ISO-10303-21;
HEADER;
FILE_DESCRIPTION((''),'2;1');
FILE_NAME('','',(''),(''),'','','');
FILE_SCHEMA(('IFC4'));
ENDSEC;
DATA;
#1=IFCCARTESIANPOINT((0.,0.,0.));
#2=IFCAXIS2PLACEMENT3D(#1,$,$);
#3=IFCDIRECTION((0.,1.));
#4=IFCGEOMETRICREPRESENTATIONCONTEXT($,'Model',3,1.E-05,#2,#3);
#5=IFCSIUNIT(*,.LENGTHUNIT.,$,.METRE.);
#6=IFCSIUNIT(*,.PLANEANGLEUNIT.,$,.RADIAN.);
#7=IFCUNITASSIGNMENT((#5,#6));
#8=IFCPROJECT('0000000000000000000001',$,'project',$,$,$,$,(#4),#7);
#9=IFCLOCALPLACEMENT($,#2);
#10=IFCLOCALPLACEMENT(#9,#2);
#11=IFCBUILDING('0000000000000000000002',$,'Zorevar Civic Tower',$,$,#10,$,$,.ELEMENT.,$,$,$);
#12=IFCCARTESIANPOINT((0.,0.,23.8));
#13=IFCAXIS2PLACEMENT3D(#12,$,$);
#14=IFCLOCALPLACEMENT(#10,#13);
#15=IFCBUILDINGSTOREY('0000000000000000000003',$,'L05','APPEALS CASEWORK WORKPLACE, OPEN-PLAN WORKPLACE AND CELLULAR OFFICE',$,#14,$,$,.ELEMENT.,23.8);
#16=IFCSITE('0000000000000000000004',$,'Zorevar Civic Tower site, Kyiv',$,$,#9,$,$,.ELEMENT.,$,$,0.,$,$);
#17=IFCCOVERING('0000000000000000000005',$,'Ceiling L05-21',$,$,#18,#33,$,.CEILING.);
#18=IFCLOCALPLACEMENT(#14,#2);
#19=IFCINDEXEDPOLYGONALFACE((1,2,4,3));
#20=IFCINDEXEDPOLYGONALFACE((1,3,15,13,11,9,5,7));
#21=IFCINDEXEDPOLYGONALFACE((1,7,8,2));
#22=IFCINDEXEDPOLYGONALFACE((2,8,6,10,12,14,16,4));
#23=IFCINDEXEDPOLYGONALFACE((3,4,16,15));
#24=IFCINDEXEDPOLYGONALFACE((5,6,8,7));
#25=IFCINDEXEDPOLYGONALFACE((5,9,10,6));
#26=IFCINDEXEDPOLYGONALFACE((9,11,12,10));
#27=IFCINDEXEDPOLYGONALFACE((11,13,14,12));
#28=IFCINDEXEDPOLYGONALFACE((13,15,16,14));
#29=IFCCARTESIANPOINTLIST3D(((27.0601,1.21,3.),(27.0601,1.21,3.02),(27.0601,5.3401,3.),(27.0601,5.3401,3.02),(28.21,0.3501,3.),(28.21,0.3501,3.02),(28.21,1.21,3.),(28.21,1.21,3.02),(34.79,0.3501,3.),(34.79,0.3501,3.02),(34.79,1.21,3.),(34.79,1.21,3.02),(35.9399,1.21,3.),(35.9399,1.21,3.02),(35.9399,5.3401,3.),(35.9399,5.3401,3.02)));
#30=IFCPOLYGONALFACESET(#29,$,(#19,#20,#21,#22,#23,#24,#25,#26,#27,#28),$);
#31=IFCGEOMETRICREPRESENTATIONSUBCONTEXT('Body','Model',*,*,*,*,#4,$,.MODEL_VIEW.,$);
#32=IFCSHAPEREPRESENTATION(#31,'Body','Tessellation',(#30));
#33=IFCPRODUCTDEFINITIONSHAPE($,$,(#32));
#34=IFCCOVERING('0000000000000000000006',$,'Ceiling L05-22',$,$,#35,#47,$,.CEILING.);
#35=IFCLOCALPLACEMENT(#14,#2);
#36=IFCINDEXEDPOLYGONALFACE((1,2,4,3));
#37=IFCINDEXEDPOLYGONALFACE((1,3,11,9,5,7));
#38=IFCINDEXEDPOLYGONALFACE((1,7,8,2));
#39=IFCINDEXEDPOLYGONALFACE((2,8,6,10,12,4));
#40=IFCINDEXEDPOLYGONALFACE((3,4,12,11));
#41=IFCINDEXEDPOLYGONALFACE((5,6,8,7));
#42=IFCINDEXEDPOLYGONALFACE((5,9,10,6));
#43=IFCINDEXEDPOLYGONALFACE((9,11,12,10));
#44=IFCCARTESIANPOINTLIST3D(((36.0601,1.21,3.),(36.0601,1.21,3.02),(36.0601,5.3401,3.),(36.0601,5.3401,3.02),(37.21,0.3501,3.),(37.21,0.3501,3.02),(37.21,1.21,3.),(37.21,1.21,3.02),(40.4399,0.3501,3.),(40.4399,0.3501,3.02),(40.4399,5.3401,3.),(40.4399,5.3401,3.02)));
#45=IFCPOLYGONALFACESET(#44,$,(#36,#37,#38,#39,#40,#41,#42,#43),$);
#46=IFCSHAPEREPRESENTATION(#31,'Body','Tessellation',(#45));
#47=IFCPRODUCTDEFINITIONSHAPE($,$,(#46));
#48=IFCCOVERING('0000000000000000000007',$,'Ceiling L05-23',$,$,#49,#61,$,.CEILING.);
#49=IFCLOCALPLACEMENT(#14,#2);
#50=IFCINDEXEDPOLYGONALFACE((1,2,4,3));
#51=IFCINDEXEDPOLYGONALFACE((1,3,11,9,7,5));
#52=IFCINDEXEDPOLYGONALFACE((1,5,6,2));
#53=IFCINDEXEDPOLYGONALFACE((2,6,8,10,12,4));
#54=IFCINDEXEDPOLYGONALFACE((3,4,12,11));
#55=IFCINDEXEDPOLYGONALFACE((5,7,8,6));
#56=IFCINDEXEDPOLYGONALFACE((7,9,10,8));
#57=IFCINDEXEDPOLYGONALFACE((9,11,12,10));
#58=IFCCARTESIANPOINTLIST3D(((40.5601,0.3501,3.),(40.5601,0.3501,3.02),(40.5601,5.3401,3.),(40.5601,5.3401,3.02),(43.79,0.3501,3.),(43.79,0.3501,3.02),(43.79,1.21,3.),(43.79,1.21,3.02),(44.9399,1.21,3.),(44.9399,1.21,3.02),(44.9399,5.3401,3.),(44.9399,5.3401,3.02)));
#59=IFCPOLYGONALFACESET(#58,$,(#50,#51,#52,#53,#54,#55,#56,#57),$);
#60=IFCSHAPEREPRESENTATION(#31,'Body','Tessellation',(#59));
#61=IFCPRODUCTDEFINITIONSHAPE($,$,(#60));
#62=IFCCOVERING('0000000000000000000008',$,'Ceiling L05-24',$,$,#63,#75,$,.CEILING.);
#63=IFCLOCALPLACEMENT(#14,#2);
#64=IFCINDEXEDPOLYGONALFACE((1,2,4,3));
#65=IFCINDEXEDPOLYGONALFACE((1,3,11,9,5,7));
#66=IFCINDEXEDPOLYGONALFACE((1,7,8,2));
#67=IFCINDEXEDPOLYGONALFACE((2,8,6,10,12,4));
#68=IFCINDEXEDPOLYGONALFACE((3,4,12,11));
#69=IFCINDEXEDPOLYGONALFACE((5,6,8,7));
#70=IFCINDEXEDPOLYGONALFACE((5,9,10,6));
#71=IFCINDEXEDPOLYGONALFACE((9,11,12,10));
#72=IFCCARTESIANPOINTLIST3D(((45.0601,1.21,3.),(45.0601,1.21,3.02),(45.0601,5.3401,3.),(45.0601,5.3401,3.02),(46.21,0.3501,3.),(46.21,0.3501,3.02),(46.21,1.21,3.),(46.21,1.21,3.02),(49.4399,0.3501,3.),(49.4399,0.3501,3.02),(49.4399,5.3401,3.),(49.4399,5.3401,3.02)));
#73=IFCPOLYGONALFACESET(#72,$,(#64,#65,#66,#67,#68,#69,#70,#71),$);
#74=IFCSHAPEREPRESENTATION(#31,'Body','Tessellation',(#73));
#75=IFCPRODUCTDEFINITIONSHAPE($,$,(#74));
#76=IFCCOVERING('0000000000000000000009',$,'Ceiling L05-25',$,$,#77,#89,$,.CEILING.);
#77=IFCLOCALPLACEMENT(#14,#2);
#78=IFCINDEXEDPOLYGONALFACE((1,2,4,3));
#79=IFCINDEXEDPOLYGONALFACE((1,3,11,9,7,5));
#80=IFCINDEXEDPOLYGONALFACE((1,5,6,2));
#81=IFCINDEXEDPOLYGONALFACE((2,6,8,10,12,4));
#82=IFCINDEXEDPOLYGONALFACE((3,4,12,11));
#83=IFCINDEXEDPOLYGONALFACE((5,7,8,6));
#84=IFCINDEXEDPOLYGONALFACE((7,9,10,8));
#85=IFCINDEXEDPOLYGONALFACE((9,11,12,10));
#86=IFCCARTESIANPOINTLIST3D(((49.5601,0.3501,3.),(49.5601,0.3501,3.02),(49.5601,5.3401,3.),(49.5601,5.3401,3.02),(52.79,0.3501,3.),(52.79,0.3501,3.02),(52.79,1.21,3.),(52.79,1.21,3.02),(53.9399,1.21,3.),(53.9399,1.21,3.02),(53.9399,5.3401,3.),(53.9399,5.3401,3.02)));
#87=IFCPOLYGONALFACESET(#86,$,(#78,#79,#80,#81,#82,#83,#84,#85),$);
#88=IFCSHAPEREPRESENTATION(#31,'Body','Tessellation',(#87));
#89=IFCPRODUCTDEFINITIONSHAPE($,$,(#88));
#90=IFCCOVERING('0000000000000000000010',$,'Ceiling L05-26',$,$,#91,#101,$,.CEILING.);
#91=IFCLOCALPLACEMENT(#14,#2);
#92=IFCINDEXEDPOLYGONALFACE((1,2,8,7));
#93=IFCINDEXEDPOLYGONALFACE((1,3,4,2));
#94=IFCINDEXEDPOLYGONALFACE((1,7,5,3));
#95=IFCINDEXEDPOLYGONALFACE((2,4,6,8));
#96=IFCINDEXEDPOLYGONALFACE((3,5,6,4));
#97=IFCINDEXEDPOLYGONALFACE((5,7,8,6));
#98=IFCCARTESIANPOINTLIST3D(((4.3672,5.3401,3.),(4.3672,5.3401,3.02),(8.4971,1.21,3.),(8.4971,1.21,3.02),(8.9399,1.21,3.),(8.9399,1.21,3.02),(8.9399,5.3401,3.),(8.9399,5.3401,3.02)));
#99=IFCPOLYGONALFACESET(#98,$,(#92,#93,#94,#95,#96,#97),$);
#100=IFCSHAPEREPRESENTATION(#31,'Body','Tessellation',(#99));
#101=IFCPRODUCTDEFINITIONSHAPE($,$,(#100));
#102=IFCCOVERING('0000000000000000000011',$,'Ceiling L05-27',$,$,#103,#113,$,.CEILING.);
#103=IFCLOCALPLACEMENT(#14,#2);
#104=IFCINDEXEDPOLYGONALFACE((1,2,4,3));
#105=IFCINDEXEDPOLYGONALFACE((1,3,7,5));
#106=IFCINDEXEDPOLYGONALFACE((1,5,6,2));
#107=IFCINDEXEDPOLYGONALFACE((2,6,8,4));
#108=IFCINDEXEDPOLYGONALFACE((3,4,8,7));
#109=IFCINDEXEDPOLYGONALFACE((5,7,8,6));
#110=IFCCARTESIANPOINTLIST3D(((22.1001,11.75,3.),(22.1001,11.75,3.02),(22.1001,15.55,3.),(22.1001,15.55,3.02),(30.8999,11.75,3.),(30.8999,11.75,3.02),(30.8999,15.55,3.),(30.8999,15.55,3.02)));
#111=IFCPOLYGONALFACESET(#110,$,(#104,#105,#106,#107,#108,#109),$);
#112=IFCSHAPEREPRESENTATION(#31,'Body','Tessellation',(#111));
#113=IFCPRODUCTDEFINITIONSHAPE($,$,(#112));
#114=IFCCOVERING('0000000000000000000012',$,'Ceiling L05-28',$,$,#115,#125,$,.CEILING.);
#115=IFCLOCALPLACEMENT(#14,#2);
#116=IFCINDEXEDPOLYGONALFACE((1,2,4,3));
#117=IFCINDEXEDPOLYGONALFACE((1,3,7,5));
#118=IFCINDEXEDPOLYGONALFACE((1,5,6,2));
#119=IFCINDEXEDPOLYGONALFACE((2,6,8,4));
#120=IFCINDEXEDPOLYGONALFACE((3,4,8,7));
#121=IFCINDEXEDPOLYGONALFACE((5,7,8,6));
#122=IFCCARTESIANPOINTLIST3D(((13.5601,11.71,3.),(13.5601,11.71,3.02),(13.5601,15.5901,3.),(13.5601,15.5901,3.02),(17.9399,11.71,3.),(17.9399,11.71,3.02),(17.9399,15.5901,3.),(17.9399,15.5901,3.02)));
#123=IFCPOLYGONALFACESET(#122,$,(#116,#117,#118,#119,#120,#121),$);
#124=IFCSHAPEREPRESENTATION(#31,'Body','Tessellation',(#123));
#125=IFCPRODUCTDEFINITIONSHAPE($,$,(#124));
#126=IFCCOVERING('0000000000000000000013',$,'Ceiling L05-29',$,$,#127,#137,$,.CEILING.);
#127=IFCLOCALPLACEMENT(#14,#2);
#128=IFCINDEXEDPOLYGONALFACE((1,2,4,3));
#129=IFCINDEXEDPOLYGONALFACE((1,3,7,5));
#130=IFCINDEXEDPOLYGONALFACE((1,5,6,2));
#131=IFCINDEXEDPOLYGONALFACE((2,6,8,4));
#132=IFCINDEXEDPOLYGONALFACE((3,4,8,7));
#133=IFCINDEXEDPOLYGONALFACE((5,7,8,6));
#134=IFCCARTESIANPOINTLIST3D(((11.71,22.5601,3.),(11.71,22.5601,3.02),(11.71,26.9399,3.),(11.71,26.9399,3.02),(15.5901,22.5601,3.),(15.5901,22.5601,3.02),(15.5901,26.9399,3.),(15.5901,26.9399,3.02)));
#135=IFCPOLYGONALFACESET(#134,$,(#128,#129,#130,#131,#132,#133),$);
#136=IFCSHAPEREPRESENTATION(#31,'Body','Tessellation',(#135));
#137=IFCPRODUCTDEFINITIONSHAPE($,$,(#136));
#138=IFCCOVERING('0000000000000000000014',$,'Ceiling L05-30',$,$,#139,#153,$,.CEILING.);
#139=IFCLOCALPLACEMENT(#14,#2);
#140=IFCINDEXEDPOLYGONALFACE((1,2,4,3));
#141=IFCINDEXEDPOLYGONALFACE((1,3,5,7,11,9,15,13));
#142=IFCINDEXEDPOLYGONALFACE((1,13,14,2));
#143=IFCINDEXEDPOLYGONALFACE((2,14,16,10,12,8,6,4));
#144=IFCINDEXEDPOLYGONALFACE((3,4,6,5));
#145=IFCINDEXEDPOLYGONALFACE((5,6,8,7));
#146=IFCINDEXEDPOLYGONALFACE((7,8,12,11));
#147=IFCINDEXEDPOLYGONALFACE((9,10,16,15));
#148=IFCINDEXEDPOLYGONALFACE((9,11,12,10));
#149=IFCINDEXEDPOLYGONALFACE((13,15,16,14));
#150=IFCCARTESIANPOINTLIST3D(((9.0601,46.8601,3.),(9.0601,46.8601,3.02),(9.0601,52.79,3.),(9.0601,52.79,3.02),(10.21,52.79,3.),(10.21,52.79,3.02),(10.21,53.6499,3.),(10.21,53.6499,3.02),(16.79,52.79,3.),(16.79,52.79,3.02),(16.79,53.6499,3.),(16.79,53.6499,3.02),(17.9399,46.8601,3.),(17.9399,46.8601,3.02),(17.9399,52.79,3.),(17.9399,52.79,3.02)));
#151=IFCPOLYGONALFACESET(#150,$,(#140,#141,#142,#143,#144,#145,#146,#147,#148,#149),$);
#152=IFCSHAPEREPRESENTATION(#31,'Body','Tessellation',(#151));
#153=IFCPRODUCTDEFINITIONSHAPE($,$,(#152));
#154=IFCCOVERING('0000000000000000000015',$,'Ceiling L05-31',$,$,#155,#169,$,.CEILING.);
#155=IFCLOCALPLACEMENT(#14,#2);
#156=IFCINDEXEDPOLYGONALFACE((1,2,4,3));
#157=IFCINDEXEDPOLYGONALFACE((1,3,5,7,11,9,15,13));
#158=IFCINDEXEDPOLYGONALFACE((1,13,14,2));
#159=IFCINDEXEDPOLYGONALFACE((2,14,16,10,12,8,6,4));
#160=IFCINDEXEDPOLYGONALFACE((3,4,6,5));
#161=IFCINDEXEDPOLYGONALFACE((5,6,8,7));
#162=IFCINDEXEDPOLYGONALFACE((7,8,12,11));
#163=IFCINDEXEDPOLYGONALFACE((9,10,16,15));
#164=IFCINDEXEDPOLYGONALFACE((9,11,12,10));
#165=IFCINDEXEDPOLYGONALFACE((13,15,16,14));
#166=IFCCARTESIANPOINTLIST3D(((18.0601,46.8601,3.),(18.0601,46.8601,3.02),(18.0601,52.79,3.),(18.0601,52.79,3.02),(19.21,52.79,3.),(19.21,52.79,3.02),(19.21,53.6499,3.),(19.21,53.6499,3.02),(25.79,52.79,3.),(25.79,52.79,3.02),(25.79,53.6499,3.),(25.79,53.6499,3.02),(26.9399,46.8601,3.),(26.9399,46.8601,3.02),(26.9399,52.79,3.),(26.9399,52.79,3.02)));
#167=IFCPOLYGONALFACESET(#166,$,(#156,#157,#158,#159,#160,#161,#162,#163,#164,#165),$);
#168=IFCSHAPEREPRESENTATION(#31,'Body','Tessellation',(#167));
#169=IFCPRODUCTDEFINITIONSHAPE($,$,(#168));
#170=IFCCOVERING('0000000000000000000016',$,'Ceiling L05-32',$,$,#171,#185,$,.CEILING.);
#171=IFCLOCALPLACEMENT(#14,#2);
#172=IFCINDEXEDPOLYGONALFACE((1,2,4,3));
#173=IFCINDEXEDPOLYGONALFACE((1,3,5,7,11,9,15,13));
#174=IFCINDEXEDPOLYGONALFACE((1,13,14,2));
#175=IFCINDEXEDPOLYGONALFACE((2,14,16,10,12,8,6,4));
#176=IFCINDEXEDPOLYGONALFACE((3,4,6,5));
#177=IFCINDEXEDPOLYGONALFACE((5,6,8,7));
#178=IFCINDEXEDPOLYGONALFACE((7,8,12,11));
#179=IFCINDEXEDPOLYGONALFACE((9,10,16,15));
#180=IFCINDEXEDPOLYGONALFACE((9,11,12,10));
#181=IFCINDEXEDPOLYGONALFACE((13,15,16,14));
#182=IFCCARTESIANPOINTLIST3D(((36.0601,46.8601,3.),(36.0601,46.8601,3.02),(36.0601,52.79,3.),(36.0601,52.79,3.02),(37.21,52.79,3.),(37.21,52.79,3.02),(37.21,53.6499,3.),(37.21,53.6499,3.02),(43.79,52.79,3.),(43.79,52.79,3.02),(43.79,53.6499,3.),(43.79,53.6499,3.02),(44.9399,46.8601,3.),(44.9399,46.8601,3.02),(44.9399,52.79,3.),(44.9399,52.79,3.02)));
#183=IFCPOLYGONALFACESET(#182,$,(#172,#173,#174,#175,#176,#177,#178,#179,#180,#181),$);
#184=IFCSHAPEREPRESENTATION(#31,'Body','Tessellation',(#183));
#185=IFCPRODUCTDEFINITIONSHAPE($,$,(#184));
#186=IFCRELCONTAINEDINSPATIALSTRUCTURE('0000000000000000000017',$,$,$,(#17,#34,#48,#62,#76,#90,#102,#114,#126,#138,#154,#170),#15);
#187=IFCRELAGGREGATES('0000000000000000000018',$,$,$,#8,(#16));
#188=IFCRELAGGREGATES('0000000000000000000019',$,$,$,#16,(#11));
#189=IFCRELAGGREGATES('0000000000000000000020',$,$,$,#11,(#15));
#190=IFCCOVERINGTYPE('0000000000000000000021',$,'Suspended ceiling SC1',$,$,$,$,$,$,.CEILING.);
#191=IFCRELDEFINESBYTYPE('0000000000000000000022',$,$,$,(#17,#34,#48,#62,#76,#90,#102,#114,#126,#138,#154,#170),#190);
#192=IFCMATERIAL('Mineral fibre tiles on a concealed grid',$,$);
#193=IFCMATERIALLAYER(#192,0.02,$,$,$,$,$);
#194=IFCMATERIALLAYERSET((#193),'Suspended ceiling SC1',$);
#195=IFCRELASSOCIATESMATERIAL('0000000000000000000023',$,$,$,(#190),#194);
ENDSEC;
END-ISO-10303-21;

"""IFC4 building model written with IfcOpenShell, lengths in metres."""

from ifc_helpers import new_model, si_unit, direction, frame, origin, place, context, subcontext, project, spatial, polyline, outline, extrude, material, layer, layer_set, type_object, element, save


model = new_model("IFC4")

# Units and contexts
model_context = context("Model", 3, precision=1e-05, world=origin(), true_north=direction((0.0, 1.0)))
body_context = subcontext(model_context, "Body", "Model", "MODEL_VIEW")
ifc_project = project(units=[si_unit("LENGTHUNIT", "METRE"), si_unit("PLANEANGLEUNIT", "RADIAN")], contexts=[model_context])

# Site, building, storey
site_placement = place(None, origin())
site = spatial("IfcSite", under=ifc_project, at=site_placement, Name="Zorevar Civic Tower site, Kyiv", CompositionType="ELEMENT", RefElevation=0.0)
building_placement = place(site_placement, origin())
building = spatial("IfcBuilding", under=site, at=building_placement, Name="Zorevar Civic Tower", CompositionType="ELEMENT")
storey_placement = place(building_placement, frame((0.0, 0.0, 23.8)))
storey = spatial("IfcBuildingStorey", under=building, at=storey_placement, Name="L05", Description="APPEALS CASEWORK WORKPLACE, OPEN-PLAN WORKPLACE AND CELLULAR OFFICE", CompositionType="ELEMENT", Elevation=23.8)

# Coverings
ifc_material_1 = material(Name="Mineral fibre tiles on a concealed grid")
ifc_layer_1 = layer(ifc_material_1, 0.02)
ifc_layer_set_1 = layer_set([ifc_layer_1], Name="Suspended ceiling SC1")
covering_type_1 = type_object("IfcCoveringType", Name="Suspended ceiling SC1", PredefinedType="CEILING", material=ifc_layer_set_1)
covering_1_placement = place(storey_placement, frame((0.0, 0.0, 3.0)))
element("IfcCovering", 1, at=covering_1_placement, inside=storey, type_object=covering_type_1, Name="Ceiling L05-21", PredefinedType="CEILING", context=body_context, shape_type="SweptSolid", body=[
    extrude(outline(polyline([(28.21, 0.3501), (28.21, 1.21), (27.0601, 1.21), (27.0601, 5.3401), (35.9399, 5.3401), (35.9399, 1.21), (34.79, 1.21), (34.79, 0.3501), (28.21, 0.3501)])), origin(), (0.0, 0.0, 1.0), 0.02),
])
covering_2_placement = place(storey_placement, frame((0.0, 0.0, 3.0)))
element("IfcCovering", 2, at=covering_2_placement, inside=storey, type_object=covering_type_1, Name="Ceiling L05-22", PredefinedType="CEILING", context=body_context, shape_type="SweptSolid", body=[
    extrude(outline(polyline([(40.4399, 5.3401), (40.4399, 0.3501), (37.21, 0.3501), (37.21, 1.21), (36.0601, 1.21), (36.0601, 5.3401), (40.4399, 5.3401)])), origin(), (0.0, 0.0, 1.0), 0.02),
])
covering_3_placement = place(storey_placement, frame((0.0, 0.0, 3.0)))
element("IfcCovering", 3, at=covering_3_placement, inside=storey, type_object=covering_type_1, Name="Ceiling L05-23", PredefinedType="CEILING", context=body_context, shape_type="SweptSolid", body=[
    extrude(outline(polyline([(44.9399, 5.3401), (44.9399, 1.21), (43.79, 1.21), (43.79, 0.3501), (40.5601, 0.3501), (40.5601, 5.3401), (44.9399, 5.3401)])), origin(), (0.0, 0.0, 1.0), 0.02),
])
covering_4_placement = place(storey_placement, frame((0.0, 0.0, 3.0)))
element("IfcCovering", 4, at=covering_4_placement, inside=storey, type_object=covering_type_1, Name="Ceiling L05-24", PredefinedType="CEILING", context=body_context, shape_type="SweptSolid", body=[
    extrude(outline(polyline([(49.4399, 5.3401), (49.4399, 0.3501), (46.21, 0.3501), (46.21, 1.21), (45.0601, 1.21), (45.0601, 5.3401), (49.4399, 5.3401)])), origin(), (0.0, 0.0, 1.0), 0.02),
])
covering_5_placement = place(storey_placement, frame((0.0, 0.0, 3.0)))
element("IfcCovering", 5, at=covering_5_placement, inside=storey, type_object=covering_type_1, Name="Ceiling L05-25", PredefinedType="CEILING", context=body_context, shape_type="SweptSolid", body=[
    extrude(outline(polyline([(53.9399, 5.3401), (53.9399, 1.21), (52.79, 1.21), (52.79, 0.3501), (49.5601, 0.3501), (49.5601, 5.3401), (53.9399, 5.3401)])), origin(), (0.0, 0.0, 1.0), 0.02),
])
covering_6_placement = place(storey_placement, frame((0.0, 0.0, 3.0)))
element("IfcCovering", 6, at=covering_6_placement, inside=storey, type_object=covering_type_1, Name="Ceiling L05-26", PredefinedType="CEILING", context=body_context, shape_type="SweptSolid", body=[
    extrude(outline(polyline([(8.9399, 5.3401), (8.9399, 1.21), (8.4971, 1.21), (4.3672, 5.3401), (8.9399, 5.3401)])), origin(), (0.0, 0.0, 1.0), 0.02),
])
covering_7_placement = place(storey_placement, frame((0.0, 0.0, 3.0)))
element("IfcCovering", 7, at=covering_7_placement, inside=storey, type_object=covering_type_1, Name="Ceiling L05-27", PredefinedType="CEILING", context=body_context, shape_type="SweptSolid", body=[
    extrude(outline(polyline([(22.1001, 11.75), (22.1001, 15.55), (30.8999, 15.55), (30.8999, 11.75), (22.1001, 11.75)])), origin(), (0.0, 0.0, 1.0), 0.02),
])
covering_8_placement = place(storey_placement, frame((0.0, 0.0, 3.0)))
element("IfcCovering", 8, at=covering_8_placement, inside=storey, type_object=covering_type_1, Name="Ceiling L05-28", PredefinedType="CEILING", context=body_context, shape_type="SweptSolid", body=[
    extrude(outline(polyline([(13.5601, 15.5901), (17.9399, 15.5901), (17.9399, 11.71), (13.5601, 11.71), (13.5601, 15.5901)])), origin(), (0.0, 0.0, 1.0), 0.02),
])
covering_9_placement = place(storey_placement, frame((0.0, 0.0, 3.0)))
element("IfcCovering", 9, at=covering_9_placement, inside=storey, type_object=covering_type_1, Name="Ceiling L05-29", PredefinedType="CEILING", context=body_context, shape_type="SweptSolid", body=[
    extrude(outline(polyline([(15.5901, 22.5601), (11.71, 22.5601), (11.71, 26.9399), (15.5901, 26.9399), (15.5901, 22.5601)])), origin(), (0.0, 0.0, 1.0), 0.02),
])
covering_10_placement = place(storey_placement, frame((0.0, 0.0, 3.0)))
element("IfcCovering", 10, at=covering_10_placement, inside=storey, type_object=covering_type_1, Name="Ceiling L05-30", PredefinedType="CEILING", context=body_context, shape_type="SweptSolid", body=[
    extrude(outline(polyline([(10.21, 52.79), (10.21, 53.6499), (16.79, 53.6499), (16.79, 52.79), (17.9399, 52.79), (17.9399, 46.8601), (9.0601, 46.8601), (9.0601, 52.79), (10.21, 52.79)])), origin(), (0.0, 0.0, 1.0), 0.02),
])
covering_11_placement = place(storey_placement, frame((0.0, 0.0, 3.0)))
element("IfcCovering", 11, at=covering_11_placement, inside=storey, type_object=covering_type_1, Name="Ceiling L05-31", PredefinedType="CEILING", context=body_context, shape_type="SweptSolid", body=[
    extrude(outline(polyline([(19.21, 52.79), (19.21, 53.6499), (25.79, 53.6499), (25.79, 52.79), (26.9399, 52.79), (26.9399, 46.8601), (18.0601, 46.8601), (18.0601, 52.79), (19.21, 52.79)])), origin(), (0.0, 0.0, 1.0), 0.02),
])
covering_12_placement = place(storey_placement, frame((0.0, 0.0, 3.0)))
element("IfcCovering", 12, at=covering_12_placement, inside=storey, type_object=covering_type_1, Name="Ceiling L05-32", PredefinedType="CEILING", context=body_context, shape_type="SweptSolid", body=[
    extrude(outline(polyline([(37.21, 52.79), (37.21, 53.6499), (43.79, 53.6499), (43.79, 52.79), (44.9399, 52.79), (44.9399, 46.8601), (36.0601, 46.8601), (36.0601, 52.79), (37.21, 52.79)])), origin(), (0.0, 0.0, 1.0), 0.02),
])

save(model, "model.ifc")
